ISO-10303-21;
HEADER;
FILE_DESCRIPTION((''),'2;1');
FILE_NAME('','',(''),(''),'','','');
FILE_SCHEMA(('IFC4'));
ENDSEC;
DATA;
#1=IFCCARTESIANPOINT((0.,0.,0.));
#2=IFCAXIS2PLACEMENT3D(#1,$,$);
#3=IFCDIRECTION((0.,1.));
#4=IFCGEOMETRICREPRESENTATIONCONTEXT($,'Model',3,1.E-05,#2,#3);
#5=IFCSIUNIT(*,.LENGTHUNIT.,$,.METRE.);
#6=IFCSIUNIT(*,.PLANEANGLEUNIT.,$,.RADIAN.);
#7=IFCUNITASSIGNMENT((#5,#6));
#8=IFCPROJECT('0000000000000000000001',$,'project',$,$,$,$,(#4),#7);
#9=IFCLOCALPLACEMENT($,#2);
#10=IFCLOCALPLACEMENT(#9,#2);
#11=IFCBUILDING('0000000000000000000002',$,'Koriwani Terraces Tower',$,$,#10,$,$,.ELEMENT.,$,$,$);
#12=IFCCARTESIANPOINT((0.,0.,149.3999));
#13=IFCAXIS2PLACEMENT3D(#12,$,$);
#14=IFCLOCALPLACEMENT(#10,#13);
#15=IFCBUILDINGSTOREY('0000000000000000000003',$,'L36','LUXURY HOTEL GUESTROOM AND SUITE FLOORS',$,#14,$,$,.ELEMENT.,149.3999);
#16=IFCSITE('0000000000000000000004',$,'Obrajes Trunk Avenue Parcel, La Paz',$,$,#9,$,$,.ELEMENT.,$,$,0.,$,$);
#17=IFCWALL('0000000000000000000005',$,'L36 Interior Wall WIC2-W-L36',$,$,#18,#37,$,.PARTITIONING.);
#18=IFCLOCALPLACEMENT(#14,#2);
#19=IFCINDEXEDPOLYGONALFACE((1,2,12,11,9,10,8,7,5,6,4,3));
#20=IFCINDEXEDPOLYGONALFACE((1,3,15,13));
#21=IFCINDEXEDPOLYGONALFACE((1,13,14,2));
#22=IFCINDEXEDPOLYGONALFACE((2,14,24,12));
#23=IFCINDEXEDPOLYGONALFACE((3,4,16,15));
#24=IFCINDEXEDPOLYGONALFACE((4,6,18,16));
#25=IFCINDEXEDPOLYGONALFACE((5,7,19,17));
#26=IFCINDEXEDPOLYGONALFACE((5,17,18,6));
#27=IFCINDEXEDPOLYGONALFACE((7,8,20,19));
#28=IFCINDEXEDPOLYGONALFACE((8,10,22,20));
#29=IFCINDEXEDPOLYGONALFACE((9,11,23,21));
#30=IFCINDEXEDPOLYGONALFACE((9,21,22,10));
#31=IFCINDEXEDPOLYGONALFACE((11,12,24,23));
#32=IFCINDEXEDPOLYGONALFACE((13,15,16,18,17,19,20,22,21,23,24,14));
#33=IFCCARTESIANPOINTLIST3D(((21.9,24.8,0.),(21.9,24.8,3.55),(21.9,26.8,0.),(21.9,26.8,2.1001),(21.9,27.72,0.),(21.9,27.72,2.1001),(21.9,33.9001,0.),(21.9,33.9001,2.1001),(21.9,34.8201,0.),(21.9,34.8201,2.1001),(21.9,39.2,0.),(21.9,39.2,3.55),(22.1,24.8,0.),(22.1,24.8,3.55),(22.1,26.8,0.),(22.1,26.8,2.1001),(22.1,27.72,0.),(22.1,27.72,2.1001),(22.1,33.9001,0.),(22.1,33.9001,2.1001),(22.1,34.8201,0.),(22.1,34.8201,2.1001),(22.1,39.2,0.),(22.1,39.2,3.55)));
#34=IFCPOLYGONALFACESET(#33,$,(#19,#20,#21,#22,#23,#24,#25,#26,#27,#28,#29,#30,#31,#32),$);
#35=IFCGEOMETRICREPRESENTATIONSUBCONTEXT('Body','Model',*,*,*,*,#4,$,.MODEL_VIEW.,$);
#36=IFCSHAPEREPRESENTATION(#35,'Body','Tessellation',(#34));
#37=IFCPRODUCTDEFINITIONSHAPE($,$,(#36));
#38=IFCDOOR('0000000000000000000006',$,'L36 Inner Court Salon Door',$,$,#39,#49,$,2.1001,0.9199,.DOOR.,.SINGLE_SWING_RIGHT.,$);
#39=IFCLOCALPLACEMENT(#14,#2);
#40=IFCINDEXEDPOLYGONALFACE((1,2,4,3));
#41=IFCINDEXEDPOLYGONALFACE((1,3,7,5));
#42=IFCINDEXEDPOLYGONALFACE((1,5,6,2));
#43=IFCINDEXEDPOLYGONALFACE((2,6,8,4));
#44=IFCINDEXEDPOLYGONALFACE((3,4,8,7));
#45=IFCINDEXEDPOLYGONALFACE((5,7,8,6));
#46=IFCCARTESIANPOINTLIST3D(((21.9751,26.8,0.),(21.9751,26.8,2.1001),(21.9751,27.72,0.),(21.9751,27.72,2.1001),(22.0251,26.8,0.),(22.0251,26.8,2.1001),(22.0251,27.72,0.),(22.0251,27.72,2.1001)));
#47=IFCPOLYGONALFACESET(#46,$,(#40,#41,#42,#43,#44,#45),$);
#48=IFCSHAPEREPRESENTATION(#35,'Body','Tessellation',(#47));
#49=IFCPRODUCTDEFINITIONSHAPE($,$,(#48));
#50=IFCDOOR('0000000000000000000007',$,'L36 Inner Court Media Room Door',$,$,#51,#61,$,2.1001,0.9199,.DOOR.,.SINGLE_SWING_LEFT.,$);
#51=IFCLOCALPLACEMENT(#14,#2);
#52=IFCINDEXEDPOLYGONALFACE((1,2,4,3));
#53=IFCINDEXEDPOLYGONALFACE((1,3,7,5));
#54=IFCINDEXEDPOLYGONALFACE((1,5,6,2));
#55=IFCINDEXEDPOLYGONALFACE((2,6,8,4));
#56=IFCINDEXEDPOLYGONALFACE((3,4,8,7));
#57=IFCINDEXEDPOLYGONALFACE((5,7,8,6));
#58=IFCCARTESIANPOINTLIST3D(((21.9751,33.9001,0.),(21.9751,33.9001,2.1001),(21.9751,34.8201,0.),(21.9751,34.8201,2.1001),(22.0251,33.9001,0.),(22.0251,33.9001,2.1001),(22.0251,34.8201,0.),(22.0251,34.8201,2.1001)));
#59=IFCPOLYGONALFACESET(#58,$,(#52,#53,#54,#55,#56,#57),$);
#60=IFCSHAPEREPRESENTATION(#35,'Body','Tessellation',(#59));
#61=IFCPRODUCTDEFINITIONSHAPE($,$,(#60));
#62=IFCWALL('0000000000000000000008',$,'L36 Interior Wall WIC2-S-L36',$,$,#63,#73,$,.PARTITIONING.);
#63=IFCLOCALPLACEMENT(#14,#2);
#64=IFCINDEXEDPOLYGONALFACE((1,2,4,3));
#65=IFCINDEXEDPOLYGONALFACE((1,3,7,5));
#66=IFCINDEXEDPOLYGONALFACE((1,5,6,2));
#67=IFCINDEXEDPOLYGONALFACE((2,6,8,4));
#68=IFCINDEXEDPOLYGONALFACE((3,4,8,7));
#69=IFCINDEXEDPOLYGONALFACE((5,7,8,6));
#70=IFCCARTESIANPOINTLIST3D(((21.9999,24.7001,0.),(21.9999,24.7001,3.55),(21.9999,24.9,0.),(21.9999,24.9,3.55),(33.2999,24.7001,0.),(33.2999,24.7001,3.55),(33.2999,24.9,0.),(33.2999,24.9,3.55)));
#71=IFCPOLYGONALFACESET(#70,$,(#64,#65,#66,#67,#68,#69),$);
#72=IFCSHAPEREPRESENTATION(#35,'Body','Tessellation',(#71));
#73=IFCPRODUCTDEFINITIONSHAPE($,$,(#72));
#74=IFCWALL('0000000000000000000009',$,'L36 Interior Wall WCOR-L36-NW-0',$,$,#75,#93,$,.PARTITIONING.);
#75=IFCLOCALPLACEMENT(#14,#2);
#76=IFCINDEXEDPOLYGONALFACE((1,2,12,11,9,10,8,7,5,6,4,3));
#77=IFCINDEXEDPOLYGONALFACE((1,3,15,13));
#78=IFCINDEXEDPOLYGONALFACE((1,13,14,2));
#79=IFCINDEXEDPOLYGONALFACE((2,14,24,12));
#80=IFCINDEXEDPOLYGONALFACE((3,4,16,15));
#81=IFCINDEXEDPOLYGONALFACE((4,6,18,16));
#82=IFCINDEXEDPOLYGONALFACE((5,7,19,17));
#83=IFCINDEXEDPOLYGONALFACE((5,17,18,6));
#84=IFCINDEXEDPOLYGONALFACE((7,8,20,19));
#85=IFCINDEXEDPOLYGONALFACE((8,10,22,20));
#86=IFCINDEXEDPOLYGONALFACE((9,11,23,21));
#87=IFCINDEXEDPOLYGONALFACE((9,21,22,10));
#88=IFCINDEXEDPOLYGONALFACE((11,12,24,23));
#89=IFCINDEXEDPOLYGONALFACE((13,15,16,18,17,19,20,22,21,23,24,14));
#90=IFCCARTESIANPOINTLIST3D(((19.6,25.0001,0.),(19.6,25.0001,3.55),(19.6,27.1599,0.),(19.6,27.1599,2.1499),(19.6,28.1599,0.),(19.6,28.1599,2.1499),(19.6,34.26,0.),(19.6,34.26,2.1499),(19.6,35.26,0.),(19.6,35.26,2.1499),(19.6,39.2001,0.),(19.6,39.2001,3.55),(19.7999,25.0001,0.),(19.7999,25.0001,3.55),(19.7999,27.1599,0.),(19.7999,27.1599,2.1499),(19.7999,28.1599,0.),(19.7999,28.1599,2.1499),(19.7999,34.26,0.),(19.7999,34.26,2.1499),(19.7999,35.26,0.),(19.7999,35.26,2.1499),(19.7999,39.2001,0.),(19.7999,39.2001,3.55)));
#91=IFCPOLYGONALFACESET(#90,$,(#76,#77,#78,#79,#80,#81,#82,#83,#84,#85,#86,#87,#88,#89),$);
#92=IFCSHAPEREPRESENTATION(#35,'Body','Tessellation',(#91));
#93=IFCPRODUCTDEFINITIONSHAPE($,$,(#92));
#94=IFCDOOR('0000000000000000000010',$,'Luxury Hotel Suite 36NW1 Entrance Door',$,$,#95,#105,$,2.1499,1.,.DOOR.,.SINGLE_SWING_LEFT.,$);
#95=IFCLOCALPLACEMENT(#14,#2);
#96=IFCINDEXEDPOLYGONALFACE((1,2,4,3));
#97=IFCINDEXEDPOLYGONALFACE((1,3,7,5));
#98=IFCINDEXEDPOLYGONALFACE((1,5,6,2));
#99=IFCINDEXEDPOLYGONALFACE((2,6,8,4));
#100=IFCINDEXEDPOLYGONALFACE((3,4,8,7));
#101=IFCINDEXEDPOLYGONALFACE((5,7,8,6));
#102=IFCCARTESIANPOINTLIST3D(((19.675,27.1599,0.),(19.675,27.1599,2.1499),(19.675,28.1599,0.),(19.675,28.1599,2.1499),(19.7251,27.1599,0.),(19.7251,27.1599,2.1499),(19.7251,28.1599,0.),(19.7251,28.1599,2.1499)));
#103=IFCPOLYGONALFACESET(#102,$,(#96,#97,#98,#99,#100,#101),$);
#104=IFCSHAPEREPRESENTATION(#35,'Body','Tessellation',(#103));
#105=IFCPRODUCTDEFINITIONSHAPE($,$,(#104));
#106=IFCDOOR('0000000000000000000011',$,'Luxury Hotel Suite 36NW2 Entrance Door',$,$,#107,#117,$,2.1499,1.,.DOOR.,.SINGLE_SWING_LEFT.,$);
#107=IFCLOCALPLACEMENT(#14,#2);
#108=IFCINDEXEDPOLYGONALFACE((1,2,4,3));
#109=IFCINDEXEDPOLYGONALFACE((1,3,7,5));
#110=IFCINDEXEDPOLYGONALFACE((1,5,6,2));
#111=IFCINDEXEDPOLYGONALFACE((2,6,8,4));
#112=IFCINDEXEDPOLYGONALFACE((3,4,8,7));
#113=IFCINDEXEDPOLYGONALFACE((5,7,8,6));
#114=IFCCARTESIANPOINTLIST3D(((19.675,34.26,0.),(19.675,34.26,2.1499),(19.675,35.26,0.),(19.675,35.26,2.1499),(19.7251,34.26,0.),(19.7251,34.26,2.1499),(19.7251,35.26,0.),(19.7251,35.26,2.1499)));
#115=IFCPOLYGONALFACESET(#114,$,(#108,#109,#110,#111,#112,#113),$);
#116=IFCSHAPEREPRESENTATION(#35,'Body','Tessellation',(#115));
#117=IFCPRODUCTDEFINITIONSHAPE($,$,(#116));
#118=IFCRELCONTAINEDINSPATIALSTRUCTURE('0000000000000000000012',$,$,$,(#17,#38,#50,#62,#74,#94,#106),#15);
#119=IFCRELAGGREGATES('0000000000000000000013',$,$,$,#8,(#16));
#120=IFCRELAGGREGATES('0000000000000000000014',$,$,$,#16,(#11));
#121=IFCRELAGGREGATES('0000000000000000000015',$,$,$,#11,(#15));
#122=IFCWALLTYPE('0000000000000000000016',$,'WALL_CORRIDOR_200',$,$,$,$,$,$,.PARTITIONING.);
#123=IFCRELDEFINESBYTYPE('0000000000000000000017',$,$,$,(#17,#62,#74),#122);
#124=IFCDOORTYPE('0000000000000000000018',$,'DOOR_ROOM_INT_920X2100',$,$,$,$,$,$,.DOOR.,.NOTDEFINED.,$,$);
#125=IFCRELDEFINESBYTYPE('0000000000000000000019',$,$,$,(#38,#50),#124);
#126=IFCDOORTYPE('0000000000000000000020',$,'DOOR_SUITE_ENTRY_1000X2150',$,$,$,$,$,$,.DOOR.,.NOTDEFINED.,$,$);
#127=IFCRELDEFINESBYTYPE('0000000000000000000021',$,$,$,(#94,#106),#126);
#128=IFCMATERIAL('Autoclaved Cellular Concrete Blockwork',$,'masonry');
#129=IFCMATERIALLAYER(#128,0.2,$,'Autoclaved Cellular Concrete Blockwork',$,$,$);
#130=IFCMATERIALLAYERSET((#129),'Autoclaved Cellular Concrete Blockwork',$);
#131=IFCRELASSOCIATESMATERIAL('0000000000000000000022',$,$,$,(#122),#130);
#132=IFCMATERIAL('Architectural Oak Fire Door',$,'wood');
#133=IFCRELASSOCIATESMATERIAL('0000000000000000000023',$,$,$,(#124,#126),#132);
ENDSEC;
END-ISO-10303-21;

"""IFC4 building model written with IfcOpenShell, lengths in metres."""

from ifc_helpers import new_model, si_unit, direction, frame, frame_2d, origin, place, context, subcontext, project, spatial, rectangle, extrude, material, layer, layer_set, type_object, element, fill, save


model = new_model("IFC4")

# Units and contexts
model_context = context("Model", 3, precision=1e-05, world=origin(), true_north=direction((0.0, 1.0)))
body_context = subcontext(model_context, "Body", "Model", "MODEL_VIEW")
ifc_project = project(units=[si_unit("LENGTHUNIT", "METRE"), si_unit("PLANEANGLEUNIT", "RADIAN")], contexts=[model_context])

# Site, building, storey
site_placement = place(None, origin())
site = spatial("IfcSite", under=ifc_project, at=site_placement, Name="Obrajes Trunk Avenue Parcel, La Paz", CompositionType="ELEMENT", RefElevation=0.0)
building_placement = place(site_placement, origin())
building = spatial("IfcBuilding", under=site, at=building_placement, Name="Koriwani Terraces Tower", CompositionType="ELEMENT")
storey_placement = place(building_placement, frame((0.0, 0.0, 149.3999)))
storey = spatial("IfcBuildingStorey", under=building, at=storey_placement, Name="L36", Description="LUXURY HOTEL GUESTROOM AND SUITE FLOORS", CompositionType="ELEMENT", Elevation=149.3999)

# Wall, openings, doors
ifc_material_1 = material(Name="Autoclaved Cellular Concrete Blockwork", Category="masonry")
ifc_layer = layer(ifc_material_1, 0.2, Name="Autoclaved Cellular Concrete Blockwork")
ifc_layer_set = layer_set([ifc_layer], Name="Autoclaved Cellular Concrete Blockwork")
wall_type = type_object("IfcWallType", Name="WALL_CORRIDOR_200", PredefinedType="PARTITIONING", material=ifc_layer_set)
wall_1_placement = place(storey_placement, frame((22.0, 24.8, 0.0), z_axis=(0.0, 0.0, 1.0), x_axis=(0.0, 1.0, 0.0)))
wall_1 = element("IfcWall", 1, at=wall_1_placement, inside=storey, type_object=wall_type, Name="L36 Interior Wall WIC2-W-L36", PredefinedType="PARTITIONING", context=body_context, shape_type="SweptSolid", body=[
    extrude(rectangle(XDim=14.3999, YDim=0.2, at=frame_2d((7.2, 0.0))), origin(), (0.0, 0.0, 1.0), 3.55),
])
opening_1_placement = place(wall_1_placement, frame((2.0, 0.0, 0.0)))
opening_1 = element("IfcOpeningElement", 2, at=opening_1_placement, cuts=wall_1, PredefinedType="OPENING", context=body_context, shape_type="SweptSolid", body=[
    extrude(rectangle(XDim=0.9199, YDim=2.1001, at=frame_2d((0.46, 1.05))), frame((0.0, 0.1099, 0.0), z_axis=(0.0, -1.0, 0.0), x_axis=(1.0, 0.0, 0.0)), (0.0, 0.0, 1.0), 0.22),
])
opening_2_placement = place(wall_1_placement, frame((9.1001, 0.0, 0.0)))
opening_2 = element("IfcOpeningElement", 3, at=opening_2_placement, cuts=wall_1, PredefinedType="OPENING", context=body_context, shape_type="SweptSolid", body=[
    extrude(rectangle(XDim=0.9199, YDim=2.1001, at=frame_2d((0.46, 1.05))), frame((0.0, 0.1099, 0.0), z_axis=(0.0, -1.0, 0.0), x_axis=(1.0, 0.0, 0.0)), (0.0, 0.0, 1.0), 0.22),
])
ifc_material_2 = material(Name="Architectural Oak Fire Door", Category="wood")
door_type_1 = type_object("IfcDoorType", Name="DOOR_ROOM_INT_920X2100", OperationType="NOTDEFINED", PredefinedType="DOOR", material=ifc_material_2)
door_1_placement = place(opening_1_placement, origin())
door_1 = element("IfcDoor", 4, at=door_1_placement, inside=storey, type_object=door_type_1, Name="L36 Inner Court Salon Door", OperationType="SINGLE_SWING_RIGHT", OverallHeight=2.1001, OverallWidth=0.9199, PredefinedType="DOOR", context=body_context, shape_type="SweptSolid", body=[
    extrude(rectangle(XDim=0.9199, YDim=2.1001, at=frame_2d((0.46, 1.05))), frame((0.0, 0.0249, 0.0), z_axis=(0.0, -1.0, 0.0), x_axis=(1.0, 0.0, 0.0)), (0.0, 0.0, 1.0), 0.05),
])
fill(opening_1, door_1)
door_2_placement = place(opening_2_placement, origin())
door_2 = element("IfcDoor", 5, at=door_2_placement, inside=storey, type_object=door_type_1, Name="L36 Inner Court Media Room Door", OperationType="SINGLE_SWING_LEFT", OverallHeight=2.1001, OverallWidth=0.9199, PredefinedType="DOOR", context=body_context, shape_type="SweptSolid", body=[
    extrude(rectangle(XDim=0.9199, YDim=2.1001, at=frame_2d((0.46, 1.05))), frame((0.0, 0.0249, 0.0), z_axis=(0.0, -1.0, 0.0), x_axis=(1.0, 0.0, 0.0)), (0.0, 0.0, 1.0), 0.05),
])
fill(opening_2, door_2)

# Wall
wall_2_placement = place(storey_placement, frame((22.0, 24.8, 0.0), z_axis=(0.0, 0.0, 1.0), x_axis=(1.0, 0.0, 0.0)))
element("IfcWall", 6, at=wall_2_placement, inside=storey, type_object=wall_type, Name="L36 Interior Wall WIC2-S-L36", PredefinedType="PARTITIONING", context=body_context, shape_type="SweptSolid", body=[
    extrude(rectangle(XDim=11.3, YDim=0.2, at=frame_2d((5.6499, 0.0))), origin(), (0.0, 0.0, 1.0), 3.55),
])

# Wall, openings, doors
wall_3_placement = place(storey_placement, frame((19.7, 25.0, 0.0), z_axis=(0.0, 0.0, 1.0), x_axis=(0.0, 1.0, 0.0)))
wall_3 = element("IfcWall", 7, at=wall_3_placement, inside=storey, type_object=wall_type, Name="L36 Interior Wall WCOR-L36-NW-0", PredefinedType="PARTITIONING", context=body_context, shape_type="SweptSolid", body=[
    extrude(rectangle(XDim=14.2, YDim=0.2, at=frame_2d((7.1001, 0.0))), origin(), (0.0, 0.0, 1.0), 3.55),
])
opening_3_placement = place(wall_3_placement, frame((2.1599, 0.0, 0.0)))
opening_3 = element("IfcOpeningElement", 8, at=opening_3_placement, cuts=wall_3, PredefinedType="OPENING", context=body_context, shape_type="SweptSolid", body=[
    extrude(rectangle(XDim=1.0, YDim=2.1499, at=frame_2d((0.5, 1.075))), frame((0.0, 0.1099, 0.0), z_axis=(0.0, -1.0, 0.0), x_axis=(1.0, 0.0, 0.0)), (0.0, 0.0, 1.0), 0.22),
])
opening_4_placement = place(wall_3_placement, frame((9.26, 0.0, 0.0)))
opening_4 = element("IfcOpeningElement", 9, at=opening_4_placement, cuts=wall_3, PredefinedType="OPENING", context=body_context, shape_type="SweptSolid", body=[
    extrude(rectangle(XDim=1.0, YDim=2.1499, at=frame_2d((0.5, 1.075))), frame((0.0, 0.1099, 0.0), z_axis=(0.0, -1.0, 0.0), x_axis=(1.0, 0.0, 0.0)), (0.0, 0.0, 1.0), 0.22),
])
door_type_2 = type_object("IfcDoorType", Name="DOOR_SUITE_ENTRY_1000X2150", OperationType="NOTDEFINED", PredefinedType="DOOR", material=ifc_material_2)
door_3_placement = place(opening_3_placement, origin())
door_3 = element("IfcDoor", 10, at=door_3_placement, inside=storey, type_object=door_type_2, Name="Luxury Hotel Suite 36NW1 Entrance Door", OperationType="SINGLE_SWING_LEFT", OverallHeight=2.1499, OverallWidth=1.0, PredefinedType="DOOR", context=body_context, shape_type="SweptSolid", body=[
    extrude(rectangle(XDim=1.0, YDim=2.1499, at=frame_2d((0.5, 1.075))), frame((0.0, 0.0249, 0.0), z_axis=(0.0, -1.0, 0.0), x_axis=(1.0, 0.0, 0.0)), (0.0, 0.0, 1.0), 0.05),
])
fill(opening_3, door_3)
door_4_placement = place(opening_4_placement, origin())
door_4 = element("IfcDoor", 11, at=door_4_placement, inside=storey, type_object=door_type_2, Name="Luxury Hotel Suite 36NW2 Entrance Door", OperationType="SINGLE_SWING_LEFT", OverallHeight=2.1499, OverallWidth=1.0, PredefinedType="DOOR", context=body_context, shape_type="SweptSolid", body=[
    extrude(rectangle(XDim=1.0, YDim=2.1499, at=frame_2d((0.5, 1.075))), frame((0.0, 0.0249, 0.0), z_axis=(0.0, -1.0, 0.0), x_axis=(1.0, 0.0, 0.0)), (0.0, 0.0, 1.0), 0.05),
])
fill(opening_4, door_4)

save(model, "model.ifc")
